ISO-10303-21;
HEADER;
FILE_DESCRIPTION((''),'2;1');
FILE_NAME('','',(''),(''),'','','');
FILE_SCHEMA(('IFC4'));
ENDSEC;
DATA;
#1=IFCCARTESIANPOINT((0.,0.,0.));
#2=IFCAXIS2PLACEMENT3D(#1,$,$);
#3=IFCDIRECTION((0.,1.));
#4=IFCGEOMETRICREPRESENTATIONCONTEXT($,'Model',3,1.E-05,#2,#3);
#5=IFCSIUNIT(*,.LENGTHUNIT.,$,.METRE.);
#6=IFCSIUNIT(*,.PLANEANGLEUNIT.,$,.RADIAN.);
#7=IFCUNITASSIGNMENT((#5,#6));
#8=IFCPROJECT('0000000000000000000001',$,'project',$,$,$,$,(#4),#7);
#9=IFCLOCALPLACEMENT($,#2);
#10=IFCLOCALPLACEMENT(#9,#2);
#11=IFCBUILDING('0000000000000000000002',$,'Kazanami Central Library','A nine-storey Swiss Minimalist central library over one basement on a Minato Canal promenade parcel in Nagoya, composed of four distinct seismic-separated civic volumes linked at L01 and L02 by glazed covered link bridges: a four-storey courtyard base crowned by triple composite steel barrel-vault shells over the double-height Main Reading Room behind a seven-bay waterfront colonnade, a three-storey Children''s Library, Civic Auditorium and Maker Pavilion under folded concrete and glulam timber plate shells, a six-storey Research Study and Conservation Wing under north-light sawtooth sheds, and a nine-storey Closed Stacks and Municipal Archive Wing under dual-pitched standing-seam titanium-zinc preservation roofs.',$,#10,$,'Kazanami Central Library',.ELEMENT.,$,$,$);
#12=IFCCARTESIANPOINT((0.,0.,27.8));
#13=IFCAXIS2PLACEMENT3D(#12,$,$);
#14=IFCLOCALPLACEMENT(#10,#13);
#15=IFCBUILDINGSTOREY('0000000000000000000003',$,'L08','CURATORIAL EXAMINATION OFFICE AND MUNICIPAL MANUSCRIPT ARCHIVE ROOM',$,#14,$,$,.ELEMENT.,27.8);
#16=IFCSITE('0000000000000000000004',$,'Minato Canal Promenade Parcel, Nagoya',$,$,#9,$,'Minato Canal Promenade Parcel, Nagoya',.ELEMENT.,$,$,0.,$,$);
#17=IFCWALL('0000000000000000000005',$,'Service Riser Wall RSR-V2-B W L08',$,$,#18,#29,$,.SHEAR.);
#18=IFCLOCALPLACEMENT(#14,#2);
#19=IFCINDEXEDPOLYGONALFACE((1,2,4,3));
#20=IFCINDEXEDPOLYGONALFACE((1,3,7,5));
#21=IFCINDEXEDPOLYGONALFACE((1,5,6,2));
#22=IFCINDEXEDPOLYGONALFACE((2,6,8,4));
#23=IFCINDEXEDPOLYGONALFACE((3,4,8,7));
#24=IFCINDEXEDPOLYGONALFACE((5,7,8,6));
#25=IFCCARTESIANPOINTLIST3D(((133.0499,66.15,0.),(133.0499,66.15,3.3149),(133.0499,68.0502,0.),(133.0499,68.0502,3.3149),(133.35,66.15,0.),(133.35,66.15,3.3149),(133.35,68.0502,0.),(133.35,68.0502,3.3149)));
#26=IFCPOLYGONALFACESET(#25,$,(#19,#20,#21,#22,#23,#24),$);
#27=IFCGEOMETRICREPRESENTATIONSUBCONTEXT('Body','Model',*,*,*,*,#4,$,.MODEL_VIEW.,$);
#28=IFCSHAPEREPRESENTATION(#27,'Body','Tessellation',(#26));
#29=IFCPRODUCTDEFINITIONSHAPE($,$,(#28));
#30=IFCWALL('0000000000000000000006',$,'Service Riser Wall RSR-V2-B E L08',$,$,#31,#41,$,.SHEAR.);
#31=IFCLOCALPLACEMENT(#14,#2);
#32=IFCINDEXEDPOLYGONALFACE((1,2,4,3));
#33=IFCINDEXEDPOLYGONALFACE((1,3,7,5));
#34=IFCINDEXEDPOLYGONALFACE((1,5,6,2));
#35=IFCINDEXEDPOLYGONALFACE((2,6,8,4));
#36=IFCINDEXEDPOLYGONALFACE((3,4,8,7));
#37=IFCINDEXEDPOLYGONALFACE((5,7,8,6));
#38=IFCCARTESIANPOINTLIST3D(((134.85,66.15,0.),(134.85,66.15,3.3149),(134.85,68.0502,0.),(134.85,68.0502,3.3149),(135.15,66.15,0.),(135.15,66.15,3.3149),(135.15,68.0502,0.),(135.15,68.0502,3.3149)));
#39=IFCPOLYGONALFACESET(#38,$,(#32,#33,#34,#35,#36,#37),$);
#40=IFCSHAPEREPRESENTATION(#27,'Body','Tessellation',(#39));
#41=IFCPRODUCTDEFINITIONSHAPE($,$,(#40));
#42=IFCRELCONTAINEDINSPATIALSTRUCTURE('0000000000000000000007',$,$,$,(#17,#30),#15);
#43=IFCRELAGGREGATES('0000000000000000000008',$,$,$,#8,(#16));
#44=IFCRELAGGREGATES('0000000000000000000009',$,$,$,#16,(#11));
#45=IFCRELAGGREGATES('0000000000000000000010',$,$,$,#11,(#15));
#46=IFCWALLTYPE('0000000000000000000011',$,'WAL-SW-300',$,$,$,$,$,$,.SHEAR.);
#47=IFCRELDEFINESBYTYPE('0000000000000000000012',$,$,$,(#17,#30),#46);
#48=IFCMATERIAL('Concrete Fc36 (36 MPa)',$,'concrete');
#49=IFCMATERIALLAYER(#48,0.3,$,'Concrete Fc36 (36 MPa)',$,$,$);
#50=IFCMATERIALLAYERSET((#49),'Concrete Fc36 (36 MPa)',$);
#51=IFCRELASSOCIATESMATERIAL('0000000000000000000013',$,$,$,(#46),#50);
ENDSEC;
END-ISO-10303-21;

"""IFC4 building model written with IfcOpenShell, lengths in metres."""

from ifc_helpers import new_model, si_unit, direction, frame, frame_2d, origin, place, context, subcontext, project, spatial, rectangle, extrude, material, layer, layer_set, type_object, element, save


model = new_model("IFC4")

# Units and contexts
model_context = context("Model", 3, precision=1e-05, world=origin(), true_north=direction((0.0, 1.0)))
body_context = subcontext(model_context, "Body", "Model", "MODEL_VIEW")
ifc_project = project(units=[si_unit("LENGTHUNIT", "METRE"), si_unit("PLANEANGLEUNIT", "RADIAN")], contexts=[model_context])

# Site, building, storey
site_placement = place(None, origin())
site = spatial("IfcSite", under=ifc_project, at=site_placement, Name="Minato Canal Promenade Parcel, Nagoya", LongName="Minato Canal Promenade Parcel, Nagoya", CompositionType="ELEMENT", RefElevation=0.0)
building_placement = place(site_placement, origin())
building = spatial("IfcBuilding", under=site, at=building_placement, Name="Kazanami Central Library", Description="A nine-storey Swiss Minimalist central library over one basement on a Minato Canal promenade parcel in Nagoya, composed of four distinct seismic-separated civic volumes linked at L01 and L02 by glazed covered link bridges: a four-storey courtyard base crowned by triple composite steel barrel-vault shells over the double-height Main Reading Room behind a seven-bay waterfront colonnade, a three-storey Children's Library, Civic Auditorium and Maker Pavilion under folded concrete and glulam timber plate shells, a six-storey Research Study and Conservation Wing under north-light sawtooth sheds, and a nine-storey Closed Stacks and Municipal Archive Wing under dual-pitched standing-seam titanium-zinc preservation roofs.", LongName="Kazanami Central Library", CompositionType="ELEMENT")
storey_placement = place(building_placement, frame((0.0, 0.0, 27.8)))
storey = spatial("IfcBuildingStorey", under=building, at=storey_placement, Name="L08", Description="CURATORIAL EXAMINATION OFFICE AND MUNICIPAL MANUSCRIPT ARCHIVE ROOM", CompositionType="ELEMENT", Elevation=27.8)

# Shared definitions
ifc_material_1 = material(Name="Concrete Fc36 (36 MPa)", Category="concrete")

# Walls
ifc_layer_1 = layer(ifc_material_1, 0.3, Name="Concrete Fc36 (36 MPa)")
ifc_layer_set_1 = layer_set([ifc_layer_1], Name="Concrete Fc36 (36 MPa)")
wall_type_1 = type_object("IfcWallType", Name="WAL-SW-300", PredefinedType="SHEAR", material=ifc_layer_set_1)
for number, where, z_axis, x_axis, name in (
    (1, (133.2, 66.1499, 0.0), (0.0, 0.0, 1.0), (0.0, 1.0, 0.0), "Service Riser Wall RSR-V2-B W L08"),
    (2, (135.0, 66.1499, 0.0), (0.0, 0.0, 1.0), (0.0, 1.0, 0.0), "Service Riser Wall RSR-V2-B E L08"),
):
    element("IfcWall", number, at=place(storey_placement, frame(where, z_axis=z_axis, x_axis=x_axis)), inside=storey, type_object=wall_type_1, Name=name, PredefinedType="SHEAR", context=body_context, shape_type="SweptSolid", body=[
        extrude(rectangle(XDim=1.9001, YDim=0.3, at=frame_2d((0.9502, 0.0))), origin(), (0.0, 0.0, 1.0), 3.3149),
    ])

save(model, "model.ifc")
